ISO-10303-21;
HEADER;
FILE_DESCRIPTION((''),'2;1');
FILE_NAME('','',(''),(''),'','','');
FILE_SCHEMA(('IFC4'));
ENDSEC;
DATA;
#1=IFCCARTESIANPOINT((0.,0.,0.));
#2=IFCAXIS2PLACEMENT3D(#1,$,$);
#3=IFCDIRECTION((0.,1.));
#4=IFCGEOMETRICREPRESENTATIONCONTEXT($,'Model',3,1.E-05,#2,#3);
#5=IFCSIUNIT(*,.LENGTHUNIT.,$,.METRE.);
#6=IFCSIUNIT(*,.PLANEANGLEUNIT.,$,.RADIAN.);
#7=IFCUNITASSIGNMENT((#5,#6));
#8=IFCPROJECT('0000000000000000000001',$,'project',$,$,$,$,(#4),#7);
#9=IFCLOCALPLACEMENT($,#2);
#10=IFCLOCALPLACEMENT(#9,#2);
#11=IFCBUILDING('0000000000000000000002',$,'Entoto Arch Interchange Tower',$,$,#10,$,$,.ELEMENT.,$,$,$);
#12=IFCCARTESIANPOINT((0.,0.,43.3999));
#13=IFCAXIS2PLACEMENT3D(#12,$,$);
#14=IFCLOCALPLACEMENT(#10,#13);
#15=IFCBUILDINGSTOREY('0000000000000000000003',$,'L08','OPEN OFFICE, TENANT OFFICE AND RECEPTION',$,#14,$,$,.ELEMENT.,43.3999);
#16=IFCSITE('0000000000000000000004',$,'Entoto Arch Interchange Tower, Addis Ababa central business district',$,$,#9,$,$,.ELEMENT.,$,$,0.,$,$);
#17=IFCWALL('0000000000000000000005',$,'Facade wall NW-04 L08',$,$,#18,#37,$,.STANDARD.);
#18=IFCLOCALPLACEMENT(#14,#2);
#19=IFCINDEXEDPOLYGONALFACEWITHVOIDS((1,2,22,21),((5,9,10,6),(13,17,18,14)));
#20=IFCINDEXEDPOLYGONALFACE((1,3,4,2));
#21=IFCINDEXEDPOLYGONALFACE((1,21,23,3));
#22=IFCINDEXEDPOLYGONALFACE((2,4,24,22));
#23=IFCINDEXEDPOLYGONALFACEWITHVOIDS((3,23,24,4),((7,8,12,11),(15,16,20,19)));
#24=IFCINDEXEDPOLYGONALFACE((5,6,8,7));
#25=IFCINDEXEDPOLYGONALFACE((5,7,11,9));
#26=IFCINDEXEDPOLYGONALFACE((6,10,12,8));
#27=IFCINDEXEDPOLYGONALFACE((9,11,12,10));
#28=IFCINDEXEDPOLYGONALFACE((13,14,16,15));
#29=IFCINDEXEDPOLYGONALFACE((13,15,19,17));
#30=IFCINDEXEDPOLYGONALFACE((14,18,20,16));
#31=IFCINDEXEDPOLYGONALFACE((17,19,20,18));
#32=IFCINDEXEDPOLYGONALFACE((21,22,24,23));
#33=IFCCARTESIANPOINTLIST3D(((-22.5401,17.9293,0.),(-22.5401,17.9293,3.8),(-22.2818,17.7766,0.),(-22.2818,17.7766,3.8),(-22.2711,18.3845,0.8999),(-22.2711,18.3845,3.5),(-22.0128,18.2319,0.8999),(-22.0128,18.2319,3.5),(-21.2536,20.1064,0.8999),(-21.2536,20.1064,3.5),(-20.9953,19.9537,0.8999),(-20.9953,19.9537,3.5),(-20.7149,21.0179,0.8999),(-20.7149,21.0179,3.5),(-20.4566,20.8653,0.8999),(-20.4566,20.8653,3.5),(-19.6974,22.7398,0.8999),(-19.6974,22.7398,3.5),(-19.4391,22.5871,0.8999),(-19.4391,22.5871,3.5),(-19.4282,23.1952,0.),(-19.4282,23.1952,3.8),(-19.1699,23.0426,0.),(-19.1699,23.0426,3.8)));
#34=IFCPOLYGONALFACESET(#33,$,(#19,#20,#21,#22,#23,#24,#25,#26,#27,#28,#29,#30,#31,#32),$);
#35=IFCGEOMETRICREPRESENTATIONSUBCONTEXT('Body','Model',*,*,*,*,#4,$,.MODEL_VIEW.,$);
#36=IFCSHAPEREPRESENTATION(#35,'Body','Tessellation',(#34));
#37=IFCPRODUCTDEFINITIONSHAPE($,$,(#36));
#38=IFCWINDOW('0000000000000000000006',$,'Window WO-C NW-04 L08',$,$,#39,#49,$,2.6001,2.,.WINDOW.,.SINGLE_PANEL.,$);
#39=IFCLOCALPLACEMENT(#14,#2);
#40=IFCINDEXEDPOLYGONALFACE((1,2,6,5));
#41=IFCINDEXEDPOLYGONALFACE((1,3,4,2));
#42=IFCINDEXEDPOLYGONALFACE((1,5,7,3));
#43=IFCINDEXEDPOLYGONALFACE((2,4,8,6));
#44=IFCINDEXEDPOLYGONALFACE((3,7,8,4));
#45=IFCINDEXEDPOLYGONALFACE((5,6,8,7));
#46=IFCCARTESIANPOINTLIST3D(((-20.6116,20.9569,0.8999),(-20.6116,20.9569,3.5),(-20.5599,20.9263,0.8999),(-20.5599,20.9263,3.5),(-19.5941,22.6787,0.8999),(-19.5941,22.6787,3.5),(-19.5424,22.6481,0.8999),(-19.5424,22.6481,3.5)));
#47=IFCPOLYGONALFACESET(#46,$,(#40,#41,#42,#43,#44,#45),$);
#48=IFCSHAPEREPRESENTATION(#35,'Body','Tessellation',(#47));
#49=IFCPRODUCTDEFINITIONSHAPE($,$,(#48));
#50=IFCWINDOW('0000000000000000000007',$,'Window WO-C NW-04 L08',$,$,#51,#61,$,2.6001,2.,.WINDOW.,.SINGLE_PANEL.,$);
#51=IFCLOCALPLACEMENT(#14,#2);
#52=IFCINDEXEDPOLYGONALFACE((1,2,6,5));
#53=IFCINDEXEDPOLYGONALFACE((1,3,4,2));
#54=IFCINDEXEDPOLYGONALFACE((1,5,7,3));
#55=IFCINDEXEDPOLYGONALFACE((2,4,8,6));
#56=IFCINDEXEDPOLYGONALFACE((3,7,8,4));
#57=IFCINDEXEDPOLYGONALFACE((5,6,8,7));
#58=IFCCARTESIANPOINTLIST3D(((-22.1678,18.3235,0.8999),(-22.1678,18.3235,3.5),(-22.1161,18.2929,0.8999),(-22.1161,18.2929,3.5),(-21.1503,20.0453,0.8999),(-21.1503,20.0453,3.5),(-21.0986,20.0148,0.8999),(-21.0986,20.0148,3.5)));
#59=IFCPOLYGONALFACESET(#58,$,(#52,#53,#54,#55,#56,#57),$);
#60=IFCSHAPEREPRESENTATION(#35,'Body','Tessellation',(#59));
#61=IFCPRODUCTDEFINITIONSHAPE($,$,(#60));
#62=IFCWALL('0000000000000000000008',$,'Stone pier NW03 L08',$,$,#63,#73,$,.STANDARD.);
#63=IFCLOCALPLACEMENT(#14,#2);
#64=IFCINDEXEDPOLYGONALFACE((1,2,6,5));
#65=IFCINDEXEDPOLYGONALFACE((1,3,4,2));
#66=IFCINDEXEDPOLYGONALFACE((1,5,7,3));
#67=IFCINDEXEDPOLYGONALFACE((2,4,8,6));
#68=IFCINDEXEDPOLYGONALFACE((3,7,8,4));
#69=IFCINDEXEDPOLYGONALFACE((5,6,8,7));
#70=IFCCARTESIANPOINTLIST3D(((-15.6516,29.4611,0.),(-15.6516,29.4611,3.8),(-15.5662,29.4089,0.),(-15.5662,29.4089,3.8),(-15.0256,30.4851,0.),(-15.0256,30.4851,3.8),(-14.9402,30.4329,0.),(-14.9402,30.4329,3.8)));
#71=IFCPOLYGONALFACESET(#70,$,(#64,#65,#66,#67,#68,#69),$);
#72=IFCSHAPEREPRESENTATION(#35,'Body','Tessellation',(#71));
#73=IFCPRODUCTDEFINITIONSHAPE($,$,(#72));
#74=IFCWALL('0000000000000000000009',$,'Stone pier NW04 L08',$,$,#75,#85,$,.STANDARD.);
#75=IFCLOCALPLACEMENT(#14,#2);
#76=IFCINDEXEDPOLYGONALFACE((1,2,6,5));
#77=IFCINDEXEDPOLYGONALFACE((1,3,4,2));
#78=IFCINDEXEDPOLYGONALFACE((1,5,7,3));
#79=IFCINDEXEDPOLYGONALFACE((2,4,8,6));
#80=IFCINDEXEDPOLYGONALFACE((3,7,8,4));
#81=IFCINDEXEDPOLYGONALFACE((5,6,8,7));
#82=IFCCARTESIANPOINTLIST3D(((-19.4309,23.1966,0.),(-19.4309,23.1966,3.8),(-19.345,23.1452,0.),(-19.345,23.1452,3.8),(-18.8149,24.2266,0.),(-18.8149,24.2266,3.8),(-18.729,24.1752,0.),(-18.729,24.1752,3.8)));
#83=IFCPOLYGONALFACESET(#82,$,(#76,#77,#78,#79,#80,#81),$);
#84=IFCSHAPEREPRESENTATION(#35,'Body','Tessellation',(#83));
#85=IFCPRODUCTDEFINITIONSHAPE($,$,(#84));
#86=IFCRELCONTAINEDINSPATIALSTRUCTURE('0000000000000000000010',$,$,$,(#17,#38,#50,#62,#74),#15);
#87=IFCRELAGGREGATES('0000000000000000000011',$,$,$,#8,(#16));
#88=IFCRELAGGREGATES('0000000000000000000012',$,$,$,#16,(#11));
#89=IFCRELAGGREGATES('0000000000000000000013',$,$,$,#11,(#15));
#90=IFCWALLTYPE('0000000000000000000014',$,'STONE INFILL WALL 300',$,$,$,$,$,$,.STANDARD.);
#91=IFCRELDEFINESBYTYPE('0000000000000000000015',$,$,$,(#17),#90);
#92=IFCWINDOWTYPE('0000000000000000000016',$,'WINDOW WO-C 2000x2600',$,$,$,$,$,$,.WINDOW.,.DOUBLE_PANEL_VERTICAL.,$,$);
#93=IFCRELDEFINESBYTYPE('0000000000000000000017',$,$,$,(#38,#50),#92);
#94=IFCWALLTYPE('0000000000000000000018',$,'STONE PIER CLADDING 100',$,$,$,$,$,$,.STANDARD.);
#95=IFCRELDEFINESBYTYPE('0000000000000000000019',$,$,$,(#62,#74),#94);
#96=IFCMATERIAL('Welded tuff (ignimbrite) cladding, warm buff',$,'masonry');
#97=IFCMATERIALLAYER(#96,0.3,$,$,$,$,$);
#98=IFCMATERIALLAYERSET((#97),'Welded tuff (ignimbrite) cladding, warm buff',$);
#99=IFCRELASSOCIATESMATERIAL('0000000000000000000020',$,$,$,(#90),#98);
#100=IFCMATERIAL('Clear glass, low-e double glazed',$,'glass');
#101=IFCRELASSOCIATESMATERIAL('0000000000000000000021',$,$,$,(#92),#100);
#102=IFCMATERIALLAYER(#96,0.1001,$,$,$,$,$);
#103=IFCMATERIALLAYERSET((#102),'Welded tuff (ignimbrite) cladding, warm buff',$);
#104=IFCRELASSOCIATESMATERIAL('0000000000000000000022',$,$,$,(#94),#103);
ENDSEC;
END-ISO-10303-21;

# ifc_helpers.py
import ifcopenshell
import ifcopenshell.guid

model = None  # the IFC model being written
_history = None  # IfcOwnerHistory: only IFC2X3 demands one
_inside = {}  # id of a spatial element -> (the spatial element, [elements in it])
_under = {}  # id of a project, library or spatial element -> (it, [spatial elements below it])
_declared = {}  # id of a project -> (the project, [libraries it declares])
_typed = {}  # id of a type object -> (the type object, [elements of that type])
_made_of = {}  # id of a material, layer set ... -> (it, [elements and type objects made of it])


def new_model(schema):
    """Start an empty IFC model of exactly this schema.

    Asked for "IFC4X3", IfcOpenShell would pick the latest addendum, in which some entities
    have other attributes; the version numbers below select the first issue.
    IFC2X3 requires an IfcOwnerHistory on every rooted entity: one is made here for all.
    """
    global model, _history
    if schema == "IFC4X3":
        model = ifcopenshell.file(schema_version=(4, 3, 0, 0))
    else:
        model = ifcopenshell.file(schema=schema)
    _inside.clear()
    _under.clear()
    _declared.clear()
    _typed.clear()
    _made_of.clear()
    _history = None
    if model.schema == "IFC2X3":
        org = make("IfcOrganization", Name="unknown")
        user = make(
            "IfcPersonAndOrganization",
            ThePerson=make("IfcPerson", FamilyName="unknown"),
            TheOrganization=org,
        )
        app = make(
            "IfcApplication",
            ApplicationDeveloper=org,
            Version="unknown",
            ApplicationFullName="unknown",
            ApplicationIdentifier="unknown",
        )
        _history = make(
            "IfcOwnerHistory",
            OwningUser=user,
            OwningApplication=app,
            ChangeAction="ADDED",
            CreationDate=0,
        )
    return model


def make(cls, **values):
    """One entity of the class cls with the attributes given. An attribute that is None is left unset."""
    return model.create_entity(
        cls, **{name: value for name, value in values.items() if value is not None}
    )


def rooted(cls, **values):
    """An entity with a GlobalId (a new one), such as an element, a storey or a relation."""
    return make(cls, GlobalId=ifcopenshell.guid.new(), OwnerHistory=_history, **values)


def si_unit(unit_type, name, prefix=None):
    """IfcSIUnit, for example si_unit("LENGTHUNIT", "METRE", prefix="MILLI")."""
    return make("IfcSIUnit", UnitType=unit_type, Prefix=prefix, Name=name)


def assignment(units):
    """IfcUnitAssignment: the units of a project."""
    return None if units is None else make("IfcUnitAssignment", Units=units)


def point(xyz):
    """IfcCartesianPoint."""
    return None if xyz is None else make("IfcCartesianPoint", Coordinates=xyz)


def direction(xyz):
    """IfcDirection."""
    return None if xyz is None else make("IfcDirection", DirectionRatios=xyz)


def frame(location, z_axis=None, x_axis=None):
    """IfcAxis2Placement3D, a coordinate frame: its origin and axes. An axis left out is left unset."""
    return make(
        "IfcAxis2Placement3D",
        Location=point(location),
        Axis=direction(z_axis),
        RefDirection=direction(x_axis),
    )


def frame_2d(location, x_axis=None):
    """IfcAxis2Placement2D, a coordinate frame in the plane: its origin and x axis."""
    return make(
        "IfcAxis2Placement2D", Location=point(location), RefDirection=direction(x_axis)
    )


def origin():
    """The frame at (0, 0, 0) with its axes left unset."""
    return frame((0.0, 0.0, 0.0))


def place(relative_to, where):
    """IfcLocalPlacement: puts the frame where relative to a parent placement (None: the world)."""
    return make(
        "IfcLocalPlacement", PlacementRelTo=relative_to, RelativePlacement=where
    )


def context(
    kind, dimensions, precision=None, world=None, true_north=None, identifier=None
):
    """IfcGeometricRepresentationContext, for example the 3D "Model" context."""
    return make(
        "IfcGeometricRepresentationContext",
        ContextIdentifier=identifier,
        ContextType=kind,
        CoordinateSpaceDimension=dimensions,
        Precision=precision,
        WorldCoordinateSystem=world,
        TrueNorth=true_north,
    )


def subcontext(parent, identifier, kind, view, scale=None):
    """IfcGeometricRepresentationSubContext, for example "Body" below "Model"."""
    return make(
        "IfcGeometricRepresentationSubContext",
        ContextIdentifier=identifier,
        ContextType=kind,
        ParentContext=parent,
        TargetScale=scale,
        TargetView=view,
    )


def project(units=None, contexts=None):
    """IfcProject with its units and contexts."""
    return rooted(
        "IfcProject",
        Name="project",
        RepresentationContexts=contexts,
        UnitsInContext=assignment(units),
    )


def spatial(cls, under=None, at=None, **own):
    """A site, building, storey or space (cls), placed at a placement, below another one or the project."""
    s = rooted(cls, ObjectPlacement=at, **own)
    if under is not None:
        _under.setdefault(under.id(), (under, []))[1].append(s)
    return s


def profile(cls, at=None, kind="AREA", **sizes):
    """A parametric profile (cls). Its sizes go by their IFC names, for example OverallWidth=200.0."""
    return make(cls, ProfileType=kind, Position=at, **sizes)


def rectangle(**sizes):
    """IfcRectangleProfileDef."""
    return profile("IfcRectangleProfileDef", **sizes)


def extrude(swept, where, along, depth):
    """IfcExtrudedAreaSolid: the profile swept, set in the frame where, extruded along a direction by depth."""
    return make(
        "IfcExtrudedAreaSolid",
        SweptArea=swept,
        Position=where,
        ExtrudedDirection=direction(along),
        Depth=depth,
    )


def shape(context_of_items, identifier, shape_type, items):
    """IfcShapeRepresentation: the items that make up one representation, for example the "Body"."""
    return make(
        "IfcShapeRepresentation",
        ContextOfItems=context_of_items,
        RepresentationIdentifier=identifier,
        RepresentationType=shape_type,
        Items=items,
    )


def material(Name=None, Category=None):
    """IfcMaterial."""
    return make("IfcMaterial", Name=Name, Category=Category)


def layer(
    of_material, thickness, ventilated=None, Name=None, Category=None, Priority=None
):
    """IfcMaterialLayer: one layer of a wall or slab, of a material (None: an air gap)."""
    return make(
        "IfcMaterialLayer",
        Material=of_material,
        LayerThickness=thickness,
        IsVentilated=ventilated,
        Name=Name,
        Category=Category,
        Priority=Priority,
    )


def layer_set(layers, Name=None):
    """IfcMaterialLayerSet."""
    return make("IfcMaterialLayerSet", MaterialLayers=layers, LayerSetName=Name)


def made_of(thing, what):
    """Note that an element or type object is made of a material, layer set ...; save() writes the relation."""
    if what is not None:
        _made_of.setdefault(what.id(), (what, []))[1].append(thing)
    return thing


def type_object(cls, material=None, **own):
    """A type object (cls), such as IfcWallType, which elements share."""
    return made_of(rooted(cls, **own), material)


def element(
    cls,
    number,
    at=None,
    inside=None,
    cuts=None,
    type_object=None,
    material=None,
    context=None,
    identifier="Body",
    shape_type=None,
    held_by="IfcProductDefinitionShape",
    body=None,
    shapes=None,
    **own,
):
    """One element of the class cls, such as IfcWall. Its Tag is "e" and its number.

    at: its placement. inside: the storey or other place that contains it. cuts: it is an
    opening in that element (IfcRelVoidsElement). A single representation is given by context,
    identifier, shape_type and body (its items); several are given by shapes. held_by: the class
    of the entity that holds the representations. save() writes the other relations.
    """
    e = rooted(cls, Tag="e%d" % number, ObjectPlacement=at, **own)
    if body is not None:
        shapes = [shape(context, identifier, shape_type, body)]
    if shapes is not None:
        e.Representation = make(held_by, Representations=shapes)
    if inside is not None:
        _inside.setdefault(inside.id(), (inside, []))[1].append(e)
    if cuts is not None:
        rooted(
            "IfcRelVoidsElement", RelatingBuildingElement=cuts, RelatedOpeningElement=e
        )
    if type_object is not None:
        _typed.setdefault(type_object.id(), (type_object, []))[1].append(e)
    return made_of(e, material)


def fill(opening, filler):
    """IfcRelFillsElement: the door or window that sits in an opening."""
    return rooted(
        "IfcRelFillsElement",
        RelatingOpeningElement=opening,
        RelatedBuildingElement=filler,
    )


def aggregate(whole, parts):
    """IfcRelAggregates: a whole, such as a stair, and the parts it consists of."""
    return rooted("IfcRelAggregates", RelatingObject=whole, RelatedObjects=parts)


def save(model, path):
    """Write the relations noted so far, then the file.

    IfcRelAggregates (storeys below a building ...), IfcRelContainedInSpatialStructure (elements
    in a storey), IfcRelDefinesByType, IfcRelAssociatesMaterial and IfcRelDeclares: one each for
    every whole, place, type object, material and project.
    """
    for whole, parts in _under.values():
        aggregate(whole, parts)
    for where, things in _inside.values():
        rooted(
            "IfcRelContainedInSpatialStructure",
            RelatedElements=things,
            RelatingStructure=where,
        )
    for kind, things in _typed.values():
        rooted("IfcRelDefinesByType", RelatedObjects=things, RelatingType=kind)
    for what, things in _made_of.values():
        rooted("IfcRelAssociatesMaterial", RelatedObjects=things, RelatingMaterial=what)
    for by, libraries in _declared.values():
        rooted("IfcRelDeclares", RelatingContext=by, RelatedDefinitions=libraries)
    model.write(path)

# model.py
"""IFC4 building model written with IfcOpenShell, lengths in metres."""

from ifc_helpers import new_model, si_unit, direction, frame, frame_2d, origin, place, context, subcontext, project, spatial, rectangle, extrude, material, layer, layer_set, type_object, element, fill, save


model = new_model("IFC4")

# Units and contexts
model_context = context("Model", 3, precision=1e-05, world=origin(), true_north=direction((0.0, 1.0)))
body_context = subcontext(model_context, "Body", "Model", "MODEL_VIEW")
ifc_project = project(units=[si_unit("LENGTHUNIT", "METRE"), si_unit("PLANEANGLEUNIT", "RADIAN")], contexts=[model_context])

# Site, building, storey
site_placement = place(None, origin())
site = spatial("IfcSite", under=ifc_project, at=site_placement, Name="Entoto Arch Interchange Tower, Addis Ababa central business district", CompositionType="ELEMENT", RefElevation=0.0)
building_placement = place(site_placement, origin())
building = spatial("IfcBuilding", under=site, at=building_placement, Name="Entoto Arch Interchange Tower", CompositionType="ELEMENT")
storey_placement = place(building_placement, frame((0.0, 0.0, 43.3999)))
storey = spatial("IfcBuildingStorey", under=building, at=storey_placement, Name="L08", Description="OPEN OFFICE, TENANT OFFICE AND RECEPTION", CompositionType="ELEMENT", Elevation=43.3999)

# Shared definitions
ifc_material_1 = material(Name="Welded tuff (ignimbrite) cladding, warm buff", Category="masonry")
ifc_layer_1 = layer(ifc_material_1, 0.3)
ifc_layer_set_1 = layer_set([ifc_layer_1], Name="Welded tuff (ignimbrite) cladding, warm buff")
wall_type_1 = type_object("IfcWallType", Name="STONE INFILL WALL 300", PredefinedType="STANDARD", material=ifc_layer_set_1)
ifc_material_2 = material(Name="Clear glass, low-e double glazed", Category="glass")
window_type = type_object("IfcWindowType", Name="WINDOW WO-C 2000x2600", PartitioningType="DOUBLE_PANEL_VERTICAL", PredefinedType="WINDOW", material=ifc_material_2)

# Wall, openings, windows
wall_1_placement = place(storey_placement, frame((-19.2991, 23.1189, 0.0), z_axis=(0.0, 0.0, 1.0), x_axis=(-0.508749, -0.860915, 0.0)))
wall_1 = element("IfcWall", 1, at=wall_1_placement, inside=storey, type_object=wall_type_1, Name="Facade wall NW-04 L08", PredefinedType="STANDARD", context=body_context, shape_type="SweptSolid", body=[
    extrude(rectangle(XDim=6.1167, YDim=0.3, at=frame_2d((3.0583, 0.0))), origin(), (0.0, 0.0, 1.0), 3.8),
])
opening_1_placement = place(wall_1_placement, frame((0.5291, 0.0, 0.8999)))
opening_1 = element("IfcOpeningElement", 2, at=opening_1_placement, cuts=wall_1, PredefinedType="OPENING", context=body_context, shape_type="SweptSolid", body=[
    extrude(rectangle(XDim=2.0, YDim=2.6001, at=frame_2d((1.0, 1.3))), frame((0.0, 0.1602, 0.0), z_axis=(0.0, -1.0, 0.0), x_axis=(1.0, 0.0, 0.0)), (0.0, 0.0, 1.0), 0.3201),
])
opening_2_placement = place(wall_1_placement, frame((3.5879, 0.0, 0.8999)))
opening_2 = element("IfcOpeningElement", 3, at=opening_2_placement, cuts=wall_1, PredefinedType="OPENING", context=body_context, shape_type="SweptSolid", body=[
    extrude(rectangle(XDim=2.0, YDim=2.6001, at=frame_2d((1.0, 1.3))), frame((0.0, 0.1602, 0.0), z_axis=(0.0, -1.0, 0.0), x_axis=(1.0, 0.0, 0.0)), (0.0, 0.0, 1.0), 0.3201),
])
window_1_placement = place(opening_1_placement, origin())
window_1 = element("IfcWindow", 4, at=window_1_placement, inside=storey, type_object=window_type, Name="Window WO-C NW-04 L08", OverallHeight=2.6001, OverallWidth=2.0, PartitioningType="SINGLE_PANEL", PredefinedType="WINDOW", context=body_context, shape_type="SweptSolid", body=[
    extrude(rectangle(XDim=2.0, YDim=2.6001, at=frame_2d((1.0, 1.3))), frame((0.0, 0.03, 0.0), z_axis=(0.0, -1.0, 0.0), x_axis=(1.0, 0.0, 0.0)), (0.0, 0.0, 1.0), 0.0601),
])
fill(opening_1, window_1)
window_2_placement = place(opening_2_placement, origin())
window_2 = element("IfcWindow", 5, at=window_2_placement, inside=storey, type_object=window_type, Name="Window WO-C NW-04 L08", OverallHeight=2.6001, OverallWidth=2.0, PartitioningType="SINGLE_PANEL", PredefinedType="WINDOW", context=body_context, shape_type="SweptSolid", body=[
    extrude(rectangle(XDim=2.0, YDim=2.6001, at=frame_2d((1.0, 1.3))), frame((0.0, 0.03, 0.0), z_axis=(0.0, -1.0, 0.0), x_axis=(1.0, 0.0, 0.0)), (0.0, 0.0, 1.0), 0.0601),
])
fill(opening_2, window_2)

# Walls
ifc_layer_2 = layer(ifc_material_1, 0.1001)
ifc_layer_set_2 = layer_set([ifc_layer_2], Name="Welded tuff (ignimbrite) cladding, warm buff")
wall_type_2 = type_object("IfcWallType", Name="STONE PIER CLADDING 100", PredefinedType="STANDARD", material=ifc_layer_set_2)
for number, where, z_axis, x_axis, name in (
    (6, (-14.9829, 30.459, 0.0), (0.0, 0.0, 1.0), (-0.521598, -0.853191, 0.0), "Stone pier NW03 L08"),
    (7, (-18.772, 24.2009, 0.0), (0.0, 0.0, 1.0), (-0.513239, -0.858246, 0.0), "Stone pier NW04 L08"),
):
    element("IfcWall", number, at=place(storey_placement, frame(where, z_axis=z_axis, x_axis=x_axis)), inside=storey, type_object=wall_type_2, Name=name, PredefinedType="STANDARD", context=body_context, shape_type="SweptSolid", body=[
        extrude(rectangle(XDim=1.2002, YDim=0.1001, at=frame_2d((0.6001, 0.0))), origin(), (0.0, 0.0, 1.0), 3.8),
    ])

save(model, "model.ifc")
